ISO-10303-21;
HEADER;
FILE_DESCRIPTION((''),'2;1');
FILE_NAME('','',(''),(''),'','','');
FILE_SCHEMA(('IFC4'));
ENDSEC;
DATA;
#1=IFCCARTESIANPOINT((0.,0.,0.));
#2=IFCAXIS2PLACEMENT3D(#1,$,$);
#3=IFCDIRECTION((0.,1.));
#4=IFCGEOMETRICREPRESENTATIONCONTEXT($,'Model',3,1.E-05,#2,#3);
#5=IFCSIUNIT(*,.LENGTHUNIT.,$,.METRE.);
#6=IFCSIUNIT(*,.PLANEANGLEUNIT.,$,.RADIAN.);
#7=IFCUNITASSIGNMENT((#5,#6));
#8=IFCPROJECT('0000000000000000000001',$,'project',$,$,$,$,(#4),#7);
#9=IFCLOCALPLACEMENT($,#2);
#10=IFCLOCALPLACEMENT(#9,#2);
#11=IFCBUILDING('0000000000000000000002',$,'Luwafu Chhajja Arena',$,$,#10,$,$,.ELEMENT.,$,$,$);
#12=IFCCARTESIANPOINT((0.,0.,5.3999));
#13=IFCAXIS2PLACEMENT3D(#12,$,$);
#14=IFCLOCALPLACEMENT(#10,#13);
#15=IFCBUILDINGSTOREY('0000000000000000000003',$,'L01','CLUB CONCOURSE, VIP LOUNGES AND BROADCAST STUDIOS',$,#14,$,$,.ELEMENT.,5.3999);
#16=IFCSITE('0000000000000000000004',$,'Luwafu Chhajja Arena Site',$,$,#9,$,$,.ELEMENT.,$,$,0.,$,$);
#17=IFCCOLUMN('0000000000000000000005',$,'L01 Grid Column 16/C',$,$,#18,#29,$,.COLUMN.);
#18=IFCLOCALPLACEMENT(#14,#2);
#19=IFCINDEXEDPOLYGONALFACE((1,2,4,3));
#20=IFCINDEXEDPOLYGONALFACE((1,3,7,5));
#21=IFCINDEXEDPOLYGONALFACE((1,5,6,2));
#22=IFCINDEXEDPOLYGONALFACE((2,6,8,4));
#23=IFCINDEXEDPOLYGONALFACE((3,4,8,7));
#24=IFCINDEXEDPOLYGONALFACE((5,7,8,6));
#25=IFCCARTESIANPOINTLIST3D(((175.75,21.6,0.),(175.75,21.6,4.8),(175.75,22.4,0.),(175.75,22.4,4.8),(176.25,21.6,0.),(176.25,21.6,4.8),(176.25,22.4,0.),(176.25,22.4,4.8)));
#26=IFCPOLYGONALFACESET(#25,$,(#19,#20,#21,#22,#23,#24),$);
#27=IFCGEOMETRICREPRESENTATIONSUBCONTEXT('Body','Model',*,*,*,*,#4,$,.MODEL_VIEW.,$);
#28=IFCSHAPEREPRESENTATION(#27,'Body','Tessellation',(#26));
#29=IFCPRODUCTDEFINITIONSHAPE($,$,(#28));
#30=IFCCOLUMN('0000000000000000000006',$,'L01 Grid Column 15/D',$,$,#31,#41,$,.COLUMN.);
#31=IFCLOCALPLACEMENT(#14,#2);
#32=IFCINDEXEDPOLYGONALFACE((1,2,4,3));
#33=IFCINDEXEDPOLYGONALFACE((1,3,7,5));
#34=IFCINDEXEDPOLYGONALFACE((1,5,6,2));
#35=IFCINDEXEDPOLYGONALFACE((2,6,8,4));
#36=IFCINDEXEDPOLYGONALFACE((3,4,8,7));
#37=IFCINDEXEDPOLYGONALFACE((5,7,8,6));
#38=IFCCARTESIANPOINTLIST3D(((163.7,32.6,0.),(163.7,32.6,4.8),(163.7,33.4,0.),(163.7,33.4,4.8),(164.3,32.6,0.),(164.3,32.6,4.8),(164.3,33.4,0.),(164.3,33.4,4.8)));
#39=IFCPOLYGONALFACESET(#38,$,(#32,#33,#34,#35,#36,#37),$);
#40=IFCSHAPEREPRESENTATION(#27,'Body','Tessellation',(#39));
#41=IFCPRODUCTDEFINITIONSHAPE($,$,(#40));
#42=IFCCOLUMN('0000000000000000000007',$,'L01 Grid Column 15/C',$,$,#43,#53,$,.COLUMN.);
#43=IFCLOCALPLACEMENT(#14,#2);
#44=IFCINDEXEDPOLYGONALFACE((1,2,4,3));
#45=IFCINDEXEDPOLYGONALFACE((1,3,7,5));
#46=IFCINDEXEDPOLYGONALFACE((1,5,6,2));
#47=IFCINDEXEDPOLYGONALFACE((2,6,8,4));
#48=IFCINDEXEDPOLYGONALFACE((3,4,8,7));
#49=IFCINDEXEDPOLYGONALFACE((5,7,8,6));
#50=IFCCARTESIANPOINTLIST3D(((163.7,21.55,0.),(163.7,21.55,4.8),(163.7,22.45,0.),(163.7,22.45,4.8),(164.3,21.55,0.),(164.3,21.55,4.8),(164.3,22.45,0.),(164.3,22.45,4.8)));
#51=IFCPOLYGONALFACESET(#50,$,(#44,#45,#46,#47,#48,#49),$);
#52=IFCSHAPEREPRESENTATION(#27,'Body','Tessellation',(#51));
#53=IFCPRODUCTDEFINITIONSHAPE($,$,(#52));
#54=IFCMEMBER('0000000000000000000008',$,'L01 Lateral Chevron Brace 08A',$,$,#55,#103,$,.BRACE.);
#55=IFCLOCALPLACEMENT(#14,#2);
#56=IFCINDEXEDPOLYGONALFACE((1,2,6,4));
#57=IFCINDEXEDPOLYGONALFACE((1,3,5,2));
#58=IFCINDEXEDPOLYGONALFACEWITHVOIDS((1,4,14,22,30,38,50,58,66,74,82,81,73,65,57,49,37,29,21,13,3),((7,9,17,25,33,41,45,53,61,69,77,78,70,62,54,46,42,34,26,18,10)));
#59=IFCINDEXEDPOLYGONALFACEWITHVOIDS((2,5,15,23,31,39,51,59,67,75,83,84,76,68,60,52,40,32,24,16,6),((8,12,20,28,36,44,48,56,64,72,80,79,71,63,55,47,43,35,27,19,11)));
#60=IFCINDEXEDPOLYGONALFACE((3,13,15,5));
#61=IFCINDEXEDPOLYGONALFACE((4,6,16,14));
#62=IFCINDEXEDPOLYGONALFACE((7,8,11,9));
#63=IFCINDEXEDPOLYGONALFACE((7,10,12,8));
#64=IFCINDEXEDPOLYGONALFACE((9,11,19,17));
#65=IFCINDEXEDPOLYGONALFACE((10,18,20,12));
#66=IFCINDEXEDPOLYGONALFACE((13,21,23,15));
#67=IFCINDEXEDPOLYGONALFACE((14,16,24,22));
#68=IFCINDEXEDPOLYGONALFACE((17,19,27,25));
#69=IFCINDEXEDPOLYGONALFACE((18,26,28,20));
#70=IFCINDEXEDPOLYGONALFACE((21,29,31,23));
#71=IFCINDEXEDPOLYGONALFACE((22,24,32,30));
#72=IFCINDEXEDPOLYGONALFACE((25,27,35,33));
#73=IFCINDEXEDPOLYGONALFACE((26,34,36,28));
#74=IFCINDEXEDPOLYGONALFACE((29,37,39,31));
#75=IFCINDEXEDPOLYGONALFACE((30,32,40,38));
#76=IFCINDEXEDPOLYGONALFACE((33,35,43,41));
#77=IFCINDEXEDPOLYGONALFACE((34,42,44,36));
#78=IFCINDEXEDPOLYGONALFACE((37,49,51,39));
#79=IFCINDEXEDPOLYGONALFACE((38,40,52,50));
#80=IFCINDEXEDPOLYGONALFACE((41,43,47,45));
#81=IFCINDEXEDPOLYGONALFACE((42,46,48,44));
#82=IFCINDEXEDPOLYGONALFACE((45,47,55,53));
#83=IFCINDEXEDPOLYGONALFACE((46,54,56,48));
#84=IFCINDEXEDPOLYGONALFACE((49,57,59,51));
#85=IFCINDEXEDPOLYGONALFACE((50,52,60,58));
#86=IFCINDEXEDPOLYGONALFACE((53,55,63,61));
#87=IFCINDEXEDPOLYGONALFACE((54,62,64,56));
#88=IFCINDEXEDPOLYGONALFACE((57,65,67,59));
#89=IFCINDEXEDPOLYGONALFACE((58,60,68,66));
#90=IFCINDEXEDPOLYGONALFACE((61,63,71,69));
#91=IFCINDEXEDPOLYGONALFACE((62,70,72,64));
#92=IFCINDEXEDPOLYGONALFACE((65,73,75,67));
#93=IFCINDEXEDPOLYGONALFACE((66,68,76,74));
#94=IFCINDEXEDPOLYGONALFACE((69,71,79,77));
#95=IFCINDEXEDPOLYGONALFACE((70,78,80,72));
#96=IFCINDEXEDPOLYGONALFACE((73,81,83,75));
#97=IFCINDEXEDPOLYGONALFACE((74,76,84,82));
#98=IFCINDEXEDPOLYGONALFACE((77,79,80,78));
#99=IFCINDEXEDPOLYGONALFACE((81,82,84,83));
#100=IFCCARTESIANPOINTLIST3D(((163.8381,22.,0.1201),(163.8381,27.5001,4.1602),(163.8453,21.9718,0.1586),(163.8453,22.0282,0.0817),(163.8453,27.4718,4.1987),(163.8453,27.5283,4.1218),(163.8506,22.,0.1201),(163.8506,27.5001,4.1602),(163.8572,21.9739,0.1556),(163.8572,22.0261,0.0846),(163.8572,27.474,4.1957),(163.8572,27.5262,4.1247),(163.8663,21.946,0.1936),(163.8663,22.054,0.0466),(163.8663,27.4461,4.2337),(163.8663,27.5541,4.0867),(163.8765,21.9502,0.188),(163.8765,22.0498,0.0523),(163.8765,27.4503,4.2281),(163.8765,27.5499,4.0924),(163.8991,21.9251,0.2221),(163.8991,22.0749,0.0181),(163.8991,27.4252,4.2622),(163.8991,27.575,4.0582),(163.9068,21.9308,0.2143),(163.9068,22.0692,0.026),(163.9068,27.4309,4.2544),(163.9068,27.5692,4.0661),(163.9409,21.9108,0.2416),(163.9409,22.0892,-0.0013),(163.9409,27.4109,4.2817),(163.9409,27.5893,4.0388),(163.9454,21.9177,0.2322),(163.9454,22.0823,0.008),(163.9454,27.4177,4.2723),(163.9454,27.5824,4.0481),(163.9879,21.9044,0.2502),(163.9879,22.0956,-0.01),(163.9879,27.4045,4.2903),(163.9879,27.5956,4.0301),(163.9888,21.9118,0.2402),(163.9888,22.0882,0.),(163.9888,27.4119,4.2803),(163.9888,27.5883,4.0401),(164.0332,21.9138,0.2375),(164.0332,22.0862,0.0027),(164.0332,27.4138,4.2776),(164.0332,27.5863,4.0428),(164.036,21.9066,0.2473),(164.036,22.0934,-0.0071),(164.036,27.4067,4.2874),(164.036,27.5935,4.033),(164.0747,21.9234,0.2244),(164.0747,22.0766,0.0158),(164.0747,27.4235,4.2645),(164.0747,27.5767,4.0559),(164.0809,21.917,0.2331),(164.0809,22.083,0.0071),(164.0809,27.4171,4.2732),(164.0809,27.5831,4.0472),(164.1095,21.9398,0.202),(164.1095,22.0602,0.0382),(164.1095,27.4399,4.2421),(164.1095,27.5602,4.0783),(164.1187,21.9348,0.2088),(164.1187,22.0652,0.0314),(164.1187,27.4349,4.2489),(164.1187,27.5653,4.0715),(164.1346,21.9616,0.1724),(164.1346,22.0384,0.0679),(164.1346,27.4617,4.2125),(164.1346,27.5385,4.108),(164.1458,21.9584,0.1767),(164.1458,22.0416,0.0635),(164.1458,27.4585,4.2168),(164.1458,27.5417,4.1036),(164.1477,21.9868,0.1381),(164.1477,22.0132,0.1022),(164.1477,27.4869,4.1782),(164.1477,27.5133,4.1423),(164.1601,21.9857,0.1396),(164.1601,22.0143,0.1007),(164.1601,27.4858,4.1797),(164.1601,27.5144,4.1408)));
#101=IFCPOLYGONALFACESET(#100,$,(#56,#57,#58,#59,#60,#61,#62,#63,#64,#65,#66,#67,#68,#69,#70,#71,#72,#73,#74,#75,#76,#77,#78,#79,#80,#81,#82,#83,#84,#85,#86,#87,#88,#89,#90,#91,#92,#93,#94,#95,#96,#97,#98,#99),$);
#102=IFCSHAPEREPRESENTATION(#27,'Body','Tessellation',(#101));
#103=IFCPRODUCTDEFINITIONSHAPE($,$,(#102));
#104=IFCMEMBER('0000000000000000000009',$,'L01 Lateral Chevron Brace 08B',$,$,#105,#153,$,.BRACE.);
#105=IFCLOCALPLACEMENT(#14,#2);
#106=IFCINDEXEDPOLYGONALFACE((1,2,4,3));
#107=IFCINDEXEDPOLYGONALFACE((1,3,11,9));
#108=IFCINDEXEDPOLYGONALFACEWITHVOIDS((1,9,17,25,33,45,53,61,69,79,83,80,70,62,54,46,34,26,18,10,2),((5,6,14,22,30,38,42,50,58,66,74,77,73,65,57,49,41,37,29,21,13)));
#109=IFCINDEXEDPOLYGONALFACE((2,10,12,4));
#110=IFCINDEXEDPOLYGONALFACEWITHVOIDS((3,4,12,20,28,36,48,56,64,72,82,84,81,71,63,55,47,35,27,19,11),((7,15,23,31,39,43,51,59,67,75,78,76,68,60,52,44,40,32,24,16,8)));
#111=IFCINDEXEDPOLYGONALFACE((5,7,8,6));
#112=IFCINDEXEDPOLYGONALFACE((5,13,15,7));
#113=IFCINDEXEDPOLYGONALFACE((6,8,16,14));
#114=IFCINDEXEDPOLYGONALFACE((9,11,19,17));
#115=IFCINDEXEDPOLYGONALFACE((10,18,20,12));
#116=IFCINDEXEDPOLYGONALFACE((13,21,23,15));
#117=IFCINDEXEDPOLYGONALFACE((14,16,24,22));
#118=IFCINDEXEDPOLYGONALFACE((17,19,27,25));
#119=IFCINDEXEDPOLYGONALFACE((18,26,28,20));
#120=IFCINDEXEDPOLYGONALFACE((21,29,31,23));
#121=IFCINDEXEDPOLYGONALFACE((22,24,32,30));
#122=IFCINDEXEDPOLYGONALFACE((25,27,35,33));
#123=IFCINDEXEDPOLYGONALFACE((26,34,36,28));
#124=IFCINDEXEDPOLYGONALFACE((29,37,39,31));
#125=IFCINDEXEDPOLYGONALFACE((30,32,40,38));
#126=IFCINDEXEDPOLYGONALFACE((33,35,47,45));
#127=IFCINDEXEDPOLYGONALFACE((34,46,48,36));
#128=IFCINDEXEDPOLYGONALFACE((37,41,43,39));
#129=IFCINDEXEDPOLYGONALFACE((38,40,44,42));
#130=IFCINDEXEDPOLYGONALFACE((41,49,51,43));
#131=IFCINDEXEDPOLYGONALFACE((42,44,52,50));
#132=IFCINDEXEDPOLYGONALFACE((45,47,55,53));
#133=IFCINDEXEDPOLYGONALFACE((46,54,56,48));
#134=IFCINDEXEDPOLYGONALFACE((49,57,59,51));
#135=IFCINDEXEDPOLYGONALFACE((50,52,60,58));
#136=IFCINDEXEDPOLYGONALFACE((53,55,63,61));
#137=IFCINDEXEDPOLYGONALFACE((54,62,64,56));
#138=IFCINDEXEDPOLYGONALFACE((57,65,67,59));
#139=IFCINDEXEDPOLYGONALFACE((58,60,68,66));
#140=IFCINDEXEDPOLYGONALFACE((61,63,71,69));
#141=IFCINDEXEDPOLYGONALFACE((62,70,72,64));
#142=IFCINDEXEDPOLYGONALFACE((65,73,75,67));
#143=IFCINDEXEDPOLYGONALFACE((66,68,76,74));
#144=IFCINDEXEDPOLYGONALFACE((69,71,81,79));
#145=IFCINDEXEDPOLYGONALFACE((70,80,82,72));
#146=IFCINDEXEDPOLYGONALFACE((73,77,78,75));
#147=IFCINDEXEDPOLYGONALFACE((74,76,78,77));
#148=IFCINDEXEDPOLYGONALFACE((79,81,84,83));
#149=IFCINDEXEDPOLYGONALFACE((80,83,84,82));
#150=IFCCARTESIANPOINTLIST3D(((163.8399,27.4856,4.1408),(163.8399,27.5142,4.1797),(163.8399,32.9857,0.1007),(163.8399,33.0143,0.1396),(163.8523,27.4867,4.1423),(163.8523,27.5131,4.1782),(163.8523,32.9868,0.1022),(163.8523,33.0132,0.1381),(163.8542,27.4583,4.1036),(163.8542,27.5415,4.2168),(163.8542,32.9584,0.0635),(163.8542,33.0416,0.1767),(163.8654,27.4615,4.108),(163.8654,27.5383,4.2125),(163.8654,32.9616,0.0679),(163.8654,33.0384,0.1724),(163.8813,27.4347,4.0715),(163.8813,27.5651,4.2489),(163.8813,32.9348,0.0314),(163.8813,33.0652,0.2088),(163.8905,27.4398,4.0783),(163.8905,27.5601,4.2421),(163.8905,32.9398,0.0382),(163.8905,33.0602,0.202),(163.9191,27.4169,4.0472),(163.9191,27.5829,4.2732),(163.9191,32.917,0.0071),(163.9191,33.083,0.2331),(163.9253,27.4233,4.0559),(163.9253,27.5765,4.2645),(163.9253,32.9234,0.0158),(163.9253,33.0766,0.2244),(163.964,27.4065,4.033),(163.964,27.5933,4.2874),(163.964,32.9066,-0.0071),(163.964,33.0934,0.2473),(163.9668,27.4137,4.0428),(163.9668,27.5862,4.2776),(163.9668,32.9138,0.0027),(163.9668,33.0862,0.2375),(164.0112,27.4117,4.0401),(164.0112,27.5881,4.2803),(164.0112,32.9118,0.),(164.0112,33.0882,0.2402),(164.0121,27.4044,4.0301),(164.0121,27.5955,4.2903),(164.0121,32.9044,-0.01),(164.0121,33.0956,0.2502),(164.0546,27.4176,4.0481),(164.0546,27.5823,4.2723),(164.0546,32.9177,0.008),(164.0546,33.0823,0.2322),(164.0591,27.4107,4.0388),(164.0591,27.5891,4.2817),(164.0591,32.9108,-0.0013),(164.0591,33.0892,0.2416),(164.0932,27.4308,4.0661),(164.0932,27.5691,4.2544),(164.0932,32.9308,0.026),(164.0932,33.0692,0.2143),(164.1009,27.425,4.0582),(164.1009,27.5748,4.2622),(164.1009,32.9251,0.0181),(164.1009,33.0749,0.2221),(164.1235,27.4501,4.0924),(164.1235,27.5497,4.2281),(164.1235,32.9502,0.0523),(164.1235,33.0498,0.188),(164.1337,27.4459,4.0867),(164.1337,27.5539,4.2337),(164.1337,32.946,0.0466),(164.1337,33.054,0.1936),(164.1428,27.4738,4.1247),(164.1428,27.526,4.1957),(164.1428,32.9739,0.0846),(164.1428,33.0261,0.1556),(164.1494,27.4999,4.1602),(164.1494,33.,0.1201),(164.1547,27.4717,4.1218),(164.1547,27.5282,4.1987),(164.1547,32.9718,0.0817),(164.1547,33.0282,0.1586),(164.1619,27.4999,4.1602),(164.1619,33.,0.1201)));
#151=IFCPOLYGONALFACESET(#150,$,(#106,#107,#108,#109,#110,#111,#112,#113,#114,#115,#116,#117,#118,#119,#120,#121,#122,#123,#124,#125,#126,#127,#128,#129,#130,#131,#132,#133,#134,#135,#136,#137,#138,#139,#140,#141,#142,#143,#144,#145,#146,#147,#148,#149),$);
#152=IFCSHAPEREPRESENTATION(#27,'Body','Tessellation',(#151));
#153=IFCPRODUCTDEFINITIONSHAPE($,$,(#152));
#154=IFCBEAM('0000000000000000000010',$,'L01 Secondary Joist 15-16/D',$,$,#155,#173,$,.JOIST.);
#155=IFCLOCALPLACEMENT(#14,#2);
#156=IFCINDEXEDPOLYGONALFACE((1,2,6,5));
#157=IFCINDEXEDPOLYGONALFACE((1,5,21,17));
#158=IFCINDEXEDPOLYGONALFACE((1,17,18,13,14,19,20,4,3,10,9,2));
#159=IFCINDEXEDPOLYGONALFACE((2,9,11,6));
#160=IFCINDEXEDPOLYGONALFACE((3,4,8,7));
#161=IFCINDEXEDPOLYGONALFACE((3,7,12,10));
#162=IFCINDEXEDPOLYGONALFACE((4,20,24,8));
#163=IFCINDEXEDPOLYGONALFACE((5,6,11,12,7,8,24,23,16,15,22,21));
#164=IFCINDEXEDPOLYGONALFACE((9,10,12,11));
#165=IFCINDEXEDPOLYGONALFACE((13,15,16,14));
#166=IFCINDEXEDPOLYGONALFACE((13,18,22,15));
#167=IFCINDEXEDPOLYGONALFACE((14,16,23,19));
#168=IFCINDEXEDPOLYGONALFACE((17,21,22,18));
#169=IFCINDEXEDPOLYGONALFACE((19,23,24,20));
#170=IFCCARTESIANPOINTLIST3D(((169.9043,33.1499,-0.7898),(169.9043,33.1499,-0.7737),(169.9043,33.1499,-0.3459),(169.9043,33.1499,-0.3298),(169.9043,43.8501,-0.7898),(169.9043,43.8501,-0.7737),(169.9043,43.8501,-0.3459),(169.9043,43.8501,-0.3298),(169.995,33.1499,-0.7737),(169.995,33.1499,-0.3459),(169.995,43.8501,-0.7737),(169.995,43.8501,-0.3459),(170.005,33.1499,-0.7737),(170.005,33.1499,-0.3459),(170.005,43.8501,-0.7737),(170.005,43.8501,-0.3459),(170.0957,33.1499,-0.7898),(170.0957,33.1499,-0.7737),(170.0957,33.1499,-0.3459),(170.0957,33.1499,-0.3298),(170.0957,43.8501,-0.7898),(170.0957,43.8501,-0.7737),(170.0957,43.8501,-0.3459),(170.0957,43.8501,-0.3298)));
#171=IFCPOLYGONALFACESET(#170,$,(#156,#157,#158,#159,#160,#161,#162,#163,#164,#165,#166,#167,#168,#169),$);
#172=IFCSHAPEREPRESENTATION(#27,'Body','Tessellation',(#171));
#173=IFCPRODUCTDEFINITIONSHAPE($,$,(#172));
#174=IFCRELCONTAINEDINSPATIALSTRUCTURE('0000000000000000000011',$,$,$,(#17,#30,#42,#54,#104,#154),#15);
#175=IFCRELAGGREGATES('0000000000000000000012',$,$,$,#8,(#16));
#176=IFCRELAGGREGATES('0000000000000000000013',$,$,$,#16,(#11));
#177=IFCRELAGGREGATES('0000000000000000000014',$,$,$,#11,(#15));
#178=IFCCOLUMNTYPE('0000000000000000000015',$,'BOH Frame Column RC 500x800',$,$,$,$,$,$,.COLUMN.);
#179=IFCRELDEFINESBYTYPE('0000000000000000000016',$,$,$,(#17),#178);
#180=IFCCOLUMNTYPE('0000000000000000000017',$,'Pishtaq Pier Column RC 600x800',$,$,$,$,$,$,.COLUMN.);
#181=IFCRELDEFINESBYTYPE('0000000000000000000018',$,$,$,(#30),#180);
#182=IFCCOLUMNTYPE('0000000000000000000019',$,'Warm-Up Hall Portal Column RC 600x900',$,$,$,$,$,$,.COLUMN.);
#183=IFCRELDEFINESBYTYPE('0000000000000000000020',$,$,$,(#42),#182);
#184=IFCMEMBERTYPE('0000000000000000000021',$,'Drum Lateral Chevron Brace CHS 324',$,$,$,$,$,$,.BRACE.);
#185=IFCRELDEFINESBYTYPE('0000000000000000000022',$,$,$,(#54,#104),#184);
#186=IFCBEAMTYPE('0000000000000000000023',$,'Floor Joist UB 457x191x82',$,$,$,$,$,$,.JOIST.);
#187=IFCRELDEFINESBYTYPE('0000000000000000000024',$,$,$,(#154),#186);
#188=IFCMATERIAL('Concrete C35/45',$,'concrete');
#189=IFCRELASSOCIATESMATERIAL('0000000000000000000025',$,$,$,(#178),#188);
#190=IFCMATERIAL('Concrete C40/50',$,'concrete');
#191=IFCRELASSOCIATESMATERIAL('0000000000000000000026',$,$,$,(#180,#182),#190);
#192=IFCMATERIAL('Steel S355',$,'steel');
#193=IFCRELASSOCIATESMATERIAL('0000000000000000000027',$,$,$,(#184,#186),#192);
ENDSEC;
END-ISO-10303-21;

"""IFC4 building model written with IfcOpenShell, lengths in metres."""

from ifc_helpers import new_model, si_unit, direction, frame, origin, origin_2d, place, context, subcontext, project, spatial, rectangle, hollow_circle, i_section, extrude, material, material_profile, profile_set, type_object, element, save


model = new_model("IFC4")

# Units and contexts
model_context = context("Model", 3, precision=1e-05, world=origin(), true_north=direction((0.0, 1.0)))
body_context = subcontext(model_context, "Body", "Model", "MODEL_VIEW")
ifc_project = project(units=[si_unit("LENGTHUNIT", "METRE"), si_unit("PLANEANGLEUNIT", "RADIAN")], contexts=[model_context])

# Site, building, storey
site_placement = place(None, origin())
site = spatial("IfcSite", under=ifc_project, at=site_placement, Name="Luwafu Chhajja Arena Site", CompositionType="ELEMENT", RefElevation=0.0)
building_placement = place(site_placement, origin())
building = spatial("IfcBuilding", under=site, at=building_placement, Name="Luwafu Chhajja Arena", CompositionType="ELEMENT")
storey_placement = place(building_placement, frame((0.0, 0.0, 5.3999)))
storey = spatial("IfcBuildingStorey", under=building, at=storey_placement, Name="L01", Description="CLUB CONCOURSE, VIP LOUNGES AND BROADCAST STUDIOS", CompositionType="ELEMENT", Elevation=5.3999)

# Columns
ifc_material_1 = material(Name="Concrete C35/45", Category="concrete")
ifc_material_profile_1 = material_profile(ifc_material_1, rectangle(XDim=0.5, YDim=0.8, at=origin_2d()), Name="RC 500x800")
ifc_profile_set_1 = profile_set([ifc_material_profile_1], Name="Concrete C35/45")
column_type_1 = type_object("IfcColumnType", Name="BOH Frame Column RC 500x800", PredefinedType="COLUMN", material=ifc_profile_set_1)
column_1_placement = place(storey_placement, frame((176.0, 22.0, 0.0), z_axis=(0.0, 0.0, 1.0), x_axis=(1.0, 0.0, 0.0)))
element("IfcColumn", 1, at=column_1_placement, inside=storey, type_object=column_type_1, Name="L01 Grid Column 16/C", PredefinedType="COLUMN", context=body_context, shape_type="SweptSolid", body=[
    extrude(rectangle(XDim=0.5, YDim=0.8, at=origin_2d()), origin(), (0.0, 0.0, 1.0), 4.8),
])
ifc_material_2 = material(Name="Concrete C40/50", Category="concrete")
ifc_material_profile_2 = material_profile(ifc_material_2, rectangle(XDim=0.6001, YDim=0.8, at=origin_2d()), Name="RC 600x800")
ifc_profile_set_2 = profile_set([ifc_material_profile_2], Name="Concrete C40/50")
column_type_2 = type_object("IfcColumnType", Name="Pishtaq Pier Column RC 600x800", PredefinedType="COLUMN", material=ifc_profile_set_2)
column_2_placement = place(storey_placement, frame((164.0, 33.0, 0.0), z_axis=(0.0, 0.0, 1.0), x_axis=(1.0, 0.0, 0.0)))
element("IfcColumn", 2, at=column_2_placement, inside=storey, type_object=column_type_2, Name="L01 Grid Column 15/D", PredefinedType="COLUMN", context=body_context, shape_type="SweptSolid", body=[
    extrude(rectangle(XDim=0.6001, YDim=0.8, at=origin_2d()), origin(), (0.0, 0.0, 1.0), 4.8),
])
ifc_material_profile_3 = material_profile(ifc_material_2, rectangle(XDim=0.6001, YDim=0.8999, at=origin_2d()), Name="RC 600x900")
ifc_profile_set_3 = profile_set([ifc_material_profile_3], Name="Concrete C40/50")
column_type_3 = type_object("IfcColumnType", Name="Warm-Up Hall Portal Column RC 600x900", PredefinedType="COLUMN", material=ifc_profile_set_3)
column_3_placement = place(storey_placement, frame((164.0, 22.0, 0.0), z_axis=(0.0, 0.0, 1.0), x_axis=(1.0, 0.0, 0.0)))
element("IfcColumn", 3, at=column_3_placement, inside=storey, type_object=column_type_3, Name="L01 Grid Column 15/C", PredefinedType="COLUMN", context=body_context, shape_type="SweptSolid", body=[
    extrude(rectangle(XDim=0.6001, YDim=0.8999, at=origin_2d()), origin(), (0.0, 0.0, 1.0), 4.8),
])

# Members
ifc_material_3 = material(Name="Steel S355", Category="steel")
ifc_material_profile_4 = material_profile(ifc_material_3, hollow_circle(Radius=0.1619, WallThickness=0.0125, at=origin_2d()), Name="CHS 323.9x12.5")
ifc_profile_set_4 = profile_set([ifc_material_profile_4], Name="Steel S355")
member_type = type_object("IfcMemberType", Name="Drum Lateral Chevron Brace CHS 324", PredefinedType="BRACE", material=ifc_profile_set_4)
for number, where, z_axis, x_axis, name in (
    (4, (164.0, 22.0, 0.1201), (0.0, 0.805936, 0.592002), (-1.0, 0.0, 0.0), "L01 Lateral Chevron Brace 08A"),
    (5, (164.0, 33.0, 0.1201), (0.0, -0.805936, 0.592002), (1.0, 0.0, 0.0), "L01 Lateral Chevron Brace 08B"),
):
    element("IfcMember", number, at=place(storey_placement, frame(where, z_axis=z_axis, x_axis=x_axis)), inside=storey, type_object=member_type, Name=name, PredefinedType="BRACE", context=body_context, shape_type="SweptSolid", body=[
        extrude(hollow_circle(Radius=0.1619, WallThickness=0.0125, at=origin_2d()), origin(), (0.0, 0.0, 1.0), 6.8245),
    ])

# Beam
ifc_material_profile_5 = material_profile(ifc_material_3, i_section(OverallWidth=0.1914, OverallDepth=0.46, WebThickness=0.01, FlangeThickness=0.0161, at=origin_2d()), Name="UB 457x191x82")
ifc_profile_set_5 = profile_set([ifc_material_profile_5], Name="Steel S355")
beam_type_1 = type_object("IfcBeamType", Name="Floor Joist UB 457x191x82", PredefinedType="JOIST", material=ifc_profile_set_5)
beam_1_placement = place(storey_placement, frame((170.0, 33.1499, -0.5598), z_axis=(0.0, 1.0, 0.0), x_axis=(-1.0, 0.0, 0.0)))
element("IfcBeam", 6, at=beam_1_placement, inside=storey, type_object=beam_type_1, Name="L01 Secondary Joist 15-16/D", PredefinedType="JOIST", context=body_context, shape_type="SweptSolid", body=[
    extrude(i_section(OverallWidth=0.1914, OverallDepth=0.46, WebThickness=0.01, FlangeThickness=0.0161, at=origin_2d()), origin(), (0.0, 0.0, 1.0), 10.7002),
])

save(model, "model.ifc")
